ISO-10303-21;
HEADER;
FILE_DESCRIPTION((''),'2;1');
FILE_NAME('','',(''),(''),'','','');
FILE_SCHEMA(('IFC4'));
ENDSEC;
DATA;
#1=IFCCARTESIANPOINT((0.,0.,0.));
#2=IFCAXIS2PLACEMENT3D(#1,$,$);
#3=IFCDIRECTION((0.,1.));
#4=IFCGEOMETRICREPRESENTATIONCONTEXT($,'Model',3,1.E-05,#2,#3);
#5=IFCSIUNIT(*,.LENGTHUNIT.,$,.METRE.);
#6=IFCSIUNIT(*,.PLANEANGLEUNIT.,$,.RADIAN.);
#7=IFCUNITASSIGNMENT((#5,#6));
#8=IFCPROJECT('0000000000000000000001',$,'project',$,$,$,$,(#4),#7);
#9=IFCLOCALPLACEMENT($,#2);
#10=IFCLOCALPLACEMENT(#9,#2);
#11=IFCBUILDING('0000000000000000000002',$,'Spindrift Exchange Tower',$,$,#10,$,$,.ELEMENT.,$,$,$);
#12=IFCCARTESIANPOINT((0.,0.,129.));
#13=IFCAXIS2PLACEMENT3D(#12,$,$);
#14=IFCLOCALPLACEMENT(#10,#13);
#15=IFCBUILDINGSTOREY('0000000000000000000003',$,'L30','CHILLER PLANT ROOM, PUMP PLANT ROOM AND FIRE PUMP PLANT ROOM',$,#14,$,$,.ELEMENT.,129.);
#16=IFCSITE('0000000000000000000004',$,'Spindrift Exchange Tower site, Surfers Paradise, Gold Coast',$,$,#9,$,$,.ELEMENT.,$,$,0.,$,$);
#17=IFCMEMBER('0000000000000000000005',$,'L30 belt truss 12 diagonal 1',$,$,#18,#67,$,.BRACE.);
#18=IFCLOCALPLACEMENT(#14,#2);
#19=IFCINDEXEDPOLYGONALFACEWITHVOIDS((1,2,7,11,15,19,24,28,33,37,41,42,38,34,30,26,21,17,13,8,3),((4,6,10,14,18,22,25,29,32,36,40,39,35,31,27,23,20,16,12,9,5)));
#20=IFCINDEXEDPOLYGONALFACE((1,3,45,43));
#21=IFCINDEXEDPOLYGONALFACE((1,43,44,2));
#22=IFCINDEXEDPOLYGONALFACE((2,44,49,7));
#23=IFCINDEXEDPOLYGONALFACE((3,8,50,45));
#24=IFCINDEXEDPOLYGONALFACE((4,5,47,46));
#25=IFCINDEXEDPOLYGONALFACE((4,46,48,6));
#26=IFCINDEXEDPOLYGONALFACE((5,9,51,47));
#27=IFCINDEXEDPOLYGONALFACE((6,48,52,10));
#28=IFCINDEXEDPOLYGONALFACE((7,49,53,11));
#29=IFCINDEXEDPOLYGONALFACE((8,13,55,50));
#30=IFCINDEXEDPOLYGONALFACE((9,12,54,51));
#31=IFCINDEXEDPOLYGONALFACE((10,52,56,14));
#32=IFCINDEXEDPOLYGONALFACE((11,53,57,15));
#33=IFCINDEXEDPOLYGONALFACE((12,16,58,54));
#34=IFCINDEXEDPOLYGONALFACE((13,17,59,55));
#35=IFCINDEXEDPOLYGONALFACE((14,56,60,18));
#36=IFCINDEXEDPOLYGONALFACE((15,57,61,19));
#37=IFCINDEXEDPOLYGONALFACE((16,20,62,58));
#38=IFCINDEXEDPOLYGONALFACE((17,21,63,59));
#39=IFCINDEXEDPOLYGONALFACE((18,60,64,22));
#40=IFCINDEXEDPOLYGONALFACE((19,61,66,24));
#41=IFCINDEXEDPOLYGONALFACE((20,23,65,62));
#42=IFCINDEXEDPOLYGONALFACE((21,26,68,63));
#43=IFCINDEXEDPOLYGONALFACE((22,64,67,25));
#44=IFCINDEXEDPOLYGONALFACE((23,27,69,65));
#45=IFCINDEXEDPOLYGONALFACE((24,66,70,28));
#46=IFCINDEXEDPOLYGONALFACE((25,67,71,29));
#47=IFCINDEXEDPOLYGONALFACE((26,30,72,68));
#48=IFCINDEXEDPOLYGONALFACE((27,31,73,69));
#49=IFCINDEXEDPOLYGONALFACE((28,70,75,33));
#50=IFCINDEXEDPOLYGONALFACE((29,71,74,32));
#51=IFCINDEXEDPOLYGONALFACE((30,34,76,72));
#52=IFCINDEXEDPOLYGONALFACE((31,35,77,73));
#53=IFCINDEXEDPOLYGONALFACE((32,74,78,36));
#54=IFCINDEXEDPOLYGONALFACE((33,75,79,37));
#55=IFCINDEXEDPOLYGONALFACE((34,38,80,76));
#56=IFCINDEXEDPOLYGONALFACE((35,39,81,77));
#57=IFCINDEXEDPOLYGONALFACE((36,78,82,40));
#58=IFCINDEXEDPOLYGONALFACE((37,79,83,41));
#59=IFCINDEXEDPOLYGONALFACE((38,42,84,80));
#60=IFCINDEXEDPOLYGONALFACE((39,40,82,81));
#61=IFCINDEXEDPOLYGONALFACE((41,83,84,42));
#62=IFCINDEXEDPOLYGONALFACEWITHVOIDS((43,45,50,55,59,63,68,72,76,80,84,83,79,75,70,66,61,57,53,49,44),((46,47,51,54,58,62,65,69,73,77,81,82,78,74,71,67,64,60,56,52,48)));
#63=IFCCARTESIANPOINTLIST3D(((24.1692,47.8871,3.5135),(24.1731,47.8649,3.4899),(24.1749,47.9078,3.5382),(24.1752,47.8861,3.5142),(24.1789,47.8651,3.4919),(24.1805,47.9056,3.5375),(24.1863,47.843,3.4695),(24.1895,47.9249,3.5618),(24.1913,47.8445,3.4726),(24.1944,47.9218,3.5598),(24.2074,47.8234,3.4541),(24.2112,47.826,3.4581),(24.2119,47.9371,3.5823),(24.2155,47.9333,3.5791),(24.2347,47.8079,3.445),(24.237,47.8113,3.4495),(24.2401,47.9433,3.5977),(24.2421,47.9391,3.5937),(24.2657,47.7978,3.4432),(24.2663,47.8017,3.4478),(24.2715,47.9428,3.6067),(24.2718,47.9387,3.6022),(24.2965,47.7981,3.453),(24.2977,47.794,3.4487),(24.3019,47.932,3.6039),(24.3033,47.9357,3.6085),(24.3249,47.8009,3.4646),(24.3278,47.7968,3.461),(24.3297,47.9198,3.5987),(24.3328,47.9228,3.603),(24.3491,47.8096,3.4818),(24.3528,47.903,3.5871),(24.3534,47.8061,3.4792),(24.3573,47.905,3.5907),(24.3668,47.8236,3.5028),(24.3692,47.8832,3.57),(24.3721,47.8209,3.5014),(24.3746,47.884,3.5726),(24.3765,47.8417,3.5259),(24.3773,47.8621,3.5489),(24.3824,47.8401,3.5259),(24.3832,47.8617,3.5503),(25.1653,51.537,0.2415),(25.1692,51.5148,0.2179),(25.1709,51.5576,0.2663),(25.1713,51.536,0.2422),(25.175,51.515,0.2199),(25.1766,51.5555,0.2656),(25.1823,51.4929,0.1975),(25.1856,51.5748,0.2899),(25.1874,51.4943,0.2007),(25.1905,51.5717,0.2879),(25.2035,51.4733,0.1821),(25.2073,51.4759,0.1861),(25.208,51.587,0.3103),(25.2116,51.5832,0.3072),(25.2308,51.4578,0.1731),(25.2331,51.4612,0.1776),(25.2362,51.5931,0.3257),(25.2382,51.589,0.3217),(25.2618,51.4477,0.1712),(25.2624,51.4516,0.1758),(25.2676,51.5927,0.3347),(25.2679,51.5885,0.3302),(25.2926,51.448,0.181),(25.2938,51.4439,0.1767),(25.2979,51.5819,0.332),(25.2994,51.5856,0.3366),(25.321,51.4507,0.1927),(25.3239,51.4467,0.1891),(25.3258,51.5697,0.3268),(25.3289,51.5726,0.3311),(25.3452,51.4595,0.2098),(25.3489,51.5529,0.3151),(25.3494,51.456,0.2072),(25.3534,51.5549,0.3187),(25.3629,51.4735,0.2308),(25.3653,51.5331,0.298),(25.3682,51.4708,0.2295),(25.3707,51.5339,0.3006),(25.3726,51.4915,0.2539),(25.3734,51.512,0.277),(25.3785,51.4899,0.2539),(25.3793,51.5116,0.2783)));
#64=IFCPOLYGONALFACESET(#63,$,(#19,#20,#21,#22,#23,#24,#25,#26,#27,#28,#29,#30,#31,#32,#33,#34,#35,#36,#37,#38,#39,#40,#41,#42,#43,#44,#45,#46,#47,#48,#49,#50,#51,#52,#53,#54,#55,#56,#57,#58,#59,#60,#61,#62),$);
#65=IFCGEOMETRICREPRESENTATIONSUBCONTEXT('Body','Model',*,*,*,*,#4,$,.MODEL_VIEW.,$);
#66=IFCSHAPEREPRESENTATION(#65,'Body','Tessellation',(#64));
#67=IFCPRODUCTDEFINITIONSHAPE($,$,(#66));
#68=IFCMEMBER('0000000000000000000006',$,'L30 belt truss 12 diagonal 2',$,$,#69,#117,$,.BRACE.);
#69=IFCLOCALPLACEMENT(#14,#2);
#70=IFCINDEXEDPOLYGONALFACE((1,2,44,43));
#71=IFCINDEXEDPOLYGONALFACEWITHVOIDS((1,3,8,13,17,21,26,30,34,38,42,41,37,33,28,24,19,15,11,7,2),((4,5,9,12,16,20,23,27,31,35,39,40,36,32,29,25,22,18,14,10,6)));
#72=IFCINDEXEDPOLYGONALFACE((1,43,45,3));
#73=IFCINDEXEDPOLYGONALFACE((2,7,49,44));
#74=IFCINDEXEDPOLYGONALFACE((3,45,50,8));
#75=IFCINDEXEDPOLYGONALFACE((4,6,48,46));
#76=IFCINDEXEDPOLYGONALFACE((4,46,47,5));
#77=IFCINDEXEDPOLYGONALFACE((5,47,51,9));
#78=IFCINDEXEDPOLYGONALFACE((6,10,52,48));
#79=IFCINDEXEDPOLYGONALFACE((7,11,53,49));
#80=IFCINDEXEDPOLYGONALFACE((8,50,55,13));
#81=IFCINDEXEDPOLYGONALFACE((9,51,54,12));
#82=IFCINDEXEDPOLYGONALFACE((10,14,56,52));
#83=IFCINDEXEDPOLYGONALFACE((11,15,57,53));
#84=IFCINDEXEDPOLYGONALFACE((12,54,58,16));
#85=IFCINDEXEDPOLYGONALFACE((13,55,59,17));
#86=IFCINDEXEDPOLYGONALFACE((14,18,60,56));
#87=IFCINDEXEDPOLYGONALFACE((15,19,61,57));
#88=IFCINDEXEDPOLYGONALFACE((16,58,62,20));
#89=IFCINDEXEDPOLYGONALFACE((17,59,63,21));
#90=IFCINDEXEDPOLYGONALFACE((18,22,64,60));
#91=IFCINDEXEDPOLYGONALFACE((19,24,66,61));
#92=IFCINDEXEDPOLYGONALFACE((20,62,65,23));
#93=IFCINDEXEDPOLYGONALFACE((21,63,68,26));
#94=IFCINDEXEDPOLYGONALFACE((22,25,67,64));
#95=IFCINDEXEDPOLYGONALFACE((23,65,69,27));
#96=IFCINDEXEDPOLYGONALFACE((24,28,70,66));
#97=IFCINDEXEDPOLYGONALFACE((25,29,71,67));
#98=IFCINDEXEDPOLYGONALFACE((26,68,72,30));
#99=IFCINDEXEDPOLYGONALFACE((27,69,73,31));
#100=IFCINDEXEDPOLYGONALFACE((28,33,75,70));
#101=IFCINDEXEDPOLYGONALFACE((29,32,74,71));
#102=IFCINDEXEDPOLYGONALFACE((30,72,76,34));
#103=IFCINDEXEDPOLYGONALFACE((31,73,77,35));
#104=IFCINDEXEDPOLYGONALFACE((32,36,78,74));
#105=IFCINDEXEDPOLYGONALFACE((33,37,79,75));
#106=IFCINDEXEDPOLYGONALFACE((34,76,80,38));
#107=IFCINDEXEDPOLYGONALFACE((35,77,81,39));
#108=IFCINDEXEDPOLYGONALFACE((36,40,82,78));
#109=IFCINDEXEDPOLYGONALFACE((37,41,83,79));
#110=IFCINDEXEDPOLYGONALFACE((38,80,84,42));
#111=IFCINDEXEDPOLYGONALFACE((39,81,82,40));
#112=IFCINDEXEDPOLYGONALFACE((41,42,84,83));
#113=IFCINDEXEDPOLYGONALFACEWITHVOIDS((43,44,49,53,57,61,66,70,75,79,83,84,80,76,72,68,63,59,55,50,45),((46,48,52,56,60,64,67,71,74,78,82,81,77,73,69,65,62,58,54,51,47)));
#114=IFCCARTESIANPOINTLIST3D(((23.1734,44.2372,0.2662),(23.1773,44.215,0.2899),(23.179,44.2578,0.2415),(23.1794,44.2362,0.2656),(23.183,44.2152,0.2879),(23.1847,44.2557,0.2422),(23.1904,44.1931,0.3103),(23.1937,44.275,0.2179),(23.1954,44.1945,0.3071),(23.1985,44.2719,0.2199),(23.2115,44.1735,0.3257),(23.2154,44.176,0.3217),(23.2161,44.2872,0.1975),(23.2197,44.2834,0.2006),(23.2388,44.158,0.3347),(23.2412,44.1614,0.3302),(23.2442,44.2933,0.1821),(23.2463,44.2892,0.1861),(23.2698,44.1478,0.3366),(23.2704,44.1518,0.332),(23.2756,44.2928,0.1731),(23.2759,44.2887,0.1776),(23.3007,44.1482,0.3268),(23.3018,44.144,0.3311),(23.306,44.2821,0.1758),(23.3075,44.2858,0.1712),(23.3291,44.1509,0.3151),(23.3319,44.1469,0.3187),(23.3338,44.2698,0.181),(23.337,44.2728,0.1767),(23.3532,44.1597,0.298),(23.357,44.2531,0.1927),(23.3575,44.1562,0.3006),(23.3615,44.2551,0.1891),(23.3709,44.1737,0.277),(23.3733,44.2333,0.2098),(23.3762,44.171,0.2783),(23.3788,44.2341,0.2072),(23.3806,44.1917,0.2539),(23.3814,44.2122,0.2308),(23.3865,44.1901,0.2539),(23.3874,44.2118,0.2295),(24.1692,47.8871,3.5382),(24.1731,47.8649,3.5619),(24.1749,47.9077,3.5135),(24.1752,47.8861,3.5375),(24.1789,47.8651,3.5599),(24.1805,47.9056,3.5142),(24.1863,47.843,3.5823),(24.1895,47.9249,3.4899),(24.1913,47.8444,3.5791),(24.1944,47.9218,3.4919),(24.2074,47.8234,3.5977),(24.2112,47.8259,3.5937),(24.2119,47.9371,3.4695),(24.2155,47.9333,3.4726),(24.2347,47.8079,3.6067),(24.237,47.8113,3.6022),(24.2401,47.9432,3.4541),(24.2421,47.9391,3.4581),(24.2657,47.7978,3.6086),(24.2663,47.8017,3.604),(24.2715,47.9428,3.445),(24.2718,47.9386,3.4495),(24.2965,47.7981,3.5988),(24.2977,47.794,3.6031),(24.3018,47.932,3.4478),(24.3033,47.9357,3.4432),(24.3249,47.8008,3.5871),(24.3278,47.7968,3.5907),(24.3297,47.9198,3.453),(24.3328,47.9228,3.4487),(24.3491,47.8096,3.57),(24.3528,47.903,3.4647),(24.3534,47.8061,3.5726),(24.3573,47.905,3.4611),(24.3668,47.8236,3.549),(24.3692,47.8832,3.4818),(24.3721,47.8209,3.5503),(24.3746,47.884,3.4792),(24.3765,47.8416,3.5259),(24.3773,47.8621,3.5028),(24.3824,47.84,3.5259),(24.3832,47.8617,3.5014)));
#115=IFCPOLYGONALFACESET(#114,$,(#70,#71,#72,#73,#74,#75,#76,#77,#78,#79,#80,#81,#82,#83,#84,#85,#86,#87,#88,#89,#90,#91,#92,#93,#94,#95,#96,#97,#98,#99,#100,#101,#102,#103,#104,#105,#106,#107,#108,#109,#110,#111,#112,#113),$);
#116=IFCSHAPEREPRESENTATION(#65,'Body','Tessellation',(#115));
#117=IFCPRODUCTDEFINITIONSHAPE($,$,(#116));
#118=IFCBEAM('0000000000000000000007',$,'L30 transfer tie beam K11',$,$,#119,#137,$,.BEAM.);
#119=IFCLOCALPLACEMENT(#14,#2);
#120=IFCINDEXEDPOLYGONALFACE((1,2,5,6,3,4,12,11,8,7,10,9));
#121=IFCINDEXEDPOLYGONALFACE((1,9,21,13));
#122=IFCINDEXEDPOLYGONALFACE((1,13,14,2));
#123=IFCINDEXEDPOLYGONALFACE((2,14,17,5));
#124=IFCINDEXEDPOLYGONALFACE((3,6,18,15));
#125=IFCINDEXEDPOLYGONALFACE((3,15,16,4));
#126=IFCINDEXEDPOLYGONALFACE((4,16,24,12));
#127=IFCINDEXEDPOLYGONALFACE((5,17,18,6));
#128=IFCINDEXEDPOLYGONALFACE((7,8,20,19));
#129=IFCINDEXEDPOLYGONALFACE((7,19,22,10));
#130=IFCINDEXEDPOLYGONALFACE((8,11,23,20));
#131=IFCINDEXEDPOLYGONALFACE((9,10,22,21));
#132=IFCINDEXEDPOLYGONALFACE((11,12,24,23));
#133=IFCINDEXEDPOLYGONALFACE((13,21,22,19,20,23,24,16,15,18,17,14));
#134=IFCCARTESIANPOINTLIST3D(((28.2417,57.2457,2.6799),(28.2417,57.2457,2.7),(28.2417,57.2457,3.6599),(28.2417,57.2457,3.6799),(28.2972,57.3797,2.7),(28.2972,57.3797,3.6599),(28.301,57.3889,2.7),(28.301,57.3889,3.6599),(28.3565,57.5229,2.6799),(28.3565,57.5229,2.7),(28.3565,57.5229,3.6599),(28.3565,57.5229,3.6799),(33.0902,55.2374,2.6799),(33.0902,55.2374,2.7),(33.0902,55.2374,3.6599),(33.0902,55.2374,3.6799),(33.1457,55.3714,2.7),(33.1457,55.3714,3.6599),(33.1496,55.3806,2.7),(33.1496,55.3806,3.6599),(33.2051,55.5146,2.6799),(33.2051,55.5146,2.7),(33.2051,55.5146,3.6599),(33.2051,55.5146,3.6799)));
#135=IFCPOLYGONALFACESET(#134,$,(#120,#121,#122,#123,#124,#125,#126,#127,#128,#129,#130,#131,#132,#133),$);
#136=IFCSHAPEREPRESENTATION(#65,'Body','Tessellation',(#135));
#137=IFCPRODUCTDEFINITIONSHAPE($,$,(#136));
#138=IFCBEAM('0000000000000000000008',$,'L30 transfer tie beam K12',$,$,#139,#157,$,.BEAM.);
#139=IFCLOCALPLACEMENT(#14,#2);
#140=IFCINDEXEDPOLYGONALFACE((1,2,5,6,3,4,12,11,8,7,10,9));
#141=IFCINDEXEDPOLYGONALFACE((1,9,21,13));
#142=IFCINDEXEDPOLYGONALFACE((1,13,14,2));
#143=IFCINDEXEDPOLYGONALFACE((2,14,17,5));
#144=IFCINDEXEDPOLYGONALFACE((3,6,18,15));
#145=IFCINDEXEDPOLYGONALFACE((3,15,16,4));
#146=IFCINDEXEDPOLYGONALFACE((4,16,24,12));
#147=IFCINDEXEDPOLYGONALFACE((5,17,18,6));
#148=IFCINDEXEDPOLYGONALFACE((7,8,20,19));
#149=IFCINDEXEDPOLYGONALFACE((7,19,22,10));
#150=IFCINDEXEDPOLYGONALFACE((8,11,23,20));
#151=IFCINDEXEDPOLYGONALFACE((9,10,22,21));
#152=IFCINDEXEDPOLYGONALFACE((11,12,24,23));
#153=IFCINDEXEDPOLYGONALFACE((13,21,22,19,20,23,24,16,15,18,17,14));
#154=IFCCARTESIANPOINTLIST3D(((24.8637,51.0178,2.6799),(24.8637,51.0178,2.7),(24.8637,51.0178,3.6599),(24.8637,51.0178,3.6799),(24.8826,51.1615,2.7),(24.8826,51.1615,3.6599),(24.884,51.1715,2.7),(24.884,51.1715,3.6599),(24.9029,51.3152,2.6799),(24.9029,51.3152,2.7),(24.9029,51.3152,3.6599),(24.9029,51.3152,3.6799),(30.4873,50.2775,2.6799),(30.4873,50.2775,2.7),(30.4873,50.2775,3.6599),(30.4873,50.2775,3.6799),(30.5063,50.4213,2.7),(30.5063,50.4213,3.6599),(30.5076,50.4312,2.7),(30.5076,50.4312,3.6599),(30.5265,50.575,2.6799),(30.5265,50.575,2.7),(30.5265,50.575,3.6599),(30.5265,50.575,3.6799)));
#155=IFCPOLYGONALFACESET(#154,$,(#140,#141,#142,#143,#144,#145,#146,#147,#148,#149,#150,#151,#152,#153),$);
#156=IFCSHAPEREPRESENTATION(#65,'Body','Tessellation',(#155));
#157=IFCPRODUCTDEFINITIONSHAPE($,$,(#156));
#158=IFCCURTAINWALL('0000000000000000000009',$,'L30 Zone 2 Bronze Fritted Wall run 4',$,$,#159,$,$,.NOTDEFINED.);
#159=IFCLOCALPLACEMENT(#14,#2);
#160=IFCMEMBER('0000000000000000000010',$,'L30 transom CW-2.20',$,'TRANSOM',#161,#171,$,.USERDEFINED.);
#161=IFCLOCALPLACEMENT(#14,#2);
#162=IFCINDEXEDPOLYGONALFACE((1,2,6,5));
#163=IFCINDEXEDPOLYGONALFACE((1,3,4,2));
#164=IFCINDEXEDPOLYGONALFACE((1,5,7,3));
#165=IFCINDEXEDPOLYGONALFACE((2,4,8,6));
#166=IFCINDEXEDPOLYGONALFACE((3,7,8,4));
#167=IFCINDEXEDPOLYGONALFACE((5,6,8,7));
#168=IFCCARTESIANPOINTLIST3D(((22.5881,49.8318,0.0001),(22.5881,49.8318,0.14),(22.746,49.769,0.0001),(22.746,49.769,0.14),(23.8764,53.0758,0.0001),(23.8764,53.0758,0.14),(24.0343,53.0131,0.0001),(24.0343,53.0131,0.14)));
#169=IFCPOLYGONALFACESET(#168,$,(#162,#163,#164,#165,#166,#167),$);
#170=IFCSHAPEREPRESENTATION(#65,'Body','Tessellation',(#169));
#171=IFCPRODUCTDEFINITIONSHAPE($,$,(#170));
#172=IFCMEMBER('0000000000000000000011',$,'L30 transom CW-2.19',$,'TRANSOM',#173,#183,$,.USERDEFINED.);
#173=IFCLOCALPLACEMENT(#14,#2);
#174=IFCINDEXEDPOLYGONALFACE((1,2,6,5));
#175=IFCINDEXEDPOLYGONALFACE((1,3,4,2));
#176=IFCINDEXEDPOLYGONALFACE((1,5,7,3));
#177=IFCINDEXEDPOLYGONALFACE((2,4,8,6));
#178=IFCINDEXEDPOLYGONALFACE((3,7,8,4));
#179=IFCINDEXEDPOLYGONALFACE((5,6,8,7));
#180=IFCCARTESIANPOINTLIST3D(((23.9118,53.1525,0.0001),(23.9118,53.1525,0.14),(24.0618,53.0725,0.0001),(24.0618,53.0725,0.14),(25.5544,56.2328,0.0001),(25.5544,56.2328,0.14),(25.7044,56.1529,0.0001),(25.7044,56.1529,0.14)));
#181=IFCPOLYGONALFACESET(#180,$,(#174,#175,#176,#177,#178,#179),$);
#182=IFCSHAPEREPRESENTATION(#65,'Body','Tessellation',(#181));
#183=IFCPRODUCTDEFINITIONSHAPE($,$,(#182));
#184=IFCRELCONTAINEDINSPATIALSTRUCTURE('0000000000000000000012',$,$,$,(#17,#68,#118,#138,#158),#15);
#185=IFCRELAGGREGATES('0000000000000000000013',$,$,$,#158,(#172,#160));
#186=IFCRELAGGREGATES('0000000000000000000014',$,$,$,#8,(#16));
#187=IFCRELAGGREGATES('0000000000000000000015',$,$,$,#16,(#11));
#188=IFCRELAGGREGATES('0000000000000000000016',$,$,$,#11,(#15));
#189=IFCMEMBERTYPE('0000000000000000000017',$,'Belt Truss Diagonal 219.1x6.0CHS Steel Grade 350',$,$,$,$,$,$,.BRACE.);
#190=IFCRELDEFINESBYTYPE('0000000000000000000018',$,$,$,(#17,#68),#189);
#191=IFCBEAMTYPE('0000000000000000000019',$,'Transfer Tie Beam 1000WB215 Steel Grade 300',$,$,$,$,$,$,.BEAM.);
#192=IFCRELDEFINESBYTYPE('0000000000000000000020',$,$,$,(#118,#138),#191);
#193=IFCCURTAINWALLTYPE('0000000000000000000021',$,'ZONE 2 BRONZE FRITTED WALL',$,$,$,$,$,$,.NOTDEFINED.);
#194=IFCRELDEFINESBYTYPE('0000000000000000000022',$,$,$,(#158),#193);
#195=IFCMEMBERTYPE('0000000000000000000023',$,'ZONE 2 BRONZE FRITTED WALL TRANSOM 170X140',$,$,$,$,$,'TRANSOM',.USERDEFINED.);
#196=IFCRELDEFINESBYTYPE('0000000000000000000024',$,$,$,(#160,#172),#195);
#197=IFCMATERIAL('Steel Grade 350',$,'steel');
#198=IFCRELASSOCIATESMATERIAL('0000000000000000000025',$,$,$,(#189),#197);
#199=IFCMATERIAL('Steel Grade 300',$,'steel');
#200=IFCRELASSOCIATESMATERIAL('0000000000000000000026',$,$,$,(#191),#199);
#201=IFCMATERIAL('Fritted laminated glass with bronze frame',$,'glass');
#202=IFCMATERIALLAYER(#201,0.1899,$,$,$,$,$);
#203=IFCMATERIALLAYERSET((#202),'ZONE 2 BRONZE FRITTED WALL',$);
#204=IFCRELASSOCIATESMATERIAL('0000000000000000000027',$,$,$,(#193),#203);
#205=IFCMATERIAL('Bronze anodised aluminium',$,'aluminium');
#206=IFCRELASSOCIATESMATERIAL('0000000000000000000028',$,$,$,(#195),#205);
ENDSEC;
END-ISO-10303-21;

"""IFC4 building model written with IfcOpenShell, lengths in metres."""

from ifc_helpers import new_model, si_unit, direction, frame, origin, origin_2d, place, context, subcontext, project, spatial, rectangle, hollow_circle, i_section, extrude, source, transform, mapped, material, layer, layer_set, material_profile, profile_set, type_object, element, aggregate, save


model = new_model("IFC4")

# Units and contexts
model_context = context("Model", 3, precision=1e-05, world=origin(), true_north=direction((0.0, 1.0)))
body_context = subcontext(model_context, "Body", "Model", "MODEL_VIEW")
ifc_project = project(units=[si_unit("LENGTHUNIT", "METRE"), si_unit("PLANEANGLEUNIT", "RADIAN")], contexts=[model_context])

# Site, building, storey
site_placement = place(None, origin())
site = spatial("IfcSite", under=ifc_project, at=site_placement, Name="Spindrift Exchange Tower site, Surfers Paradise, Gold Coast", CompositionType="ELEMENT", RefElevation=0.0)
building_placement = place(site_placement, origin())
building = spatial("IfcBuilding", under=site, at=building_placement, Name="Spindrift Exchange Tower", CompositionType="ELEMENT")
storey_placement = place(building_placement, frame((0.0, 0.0, 129.0)))
storey = spatial("IfcBuildingStorey", under=building, at=storey_placement, Name="L30", Description="CHILLER PLANT ROOM, PUMP PLANT ROOM AND FIRE PUMP PLANT ROOM", CompositionType="ELEMENT", Elevation=129.0)

# Members
ifc_material_1 = material(Name="Steel Grade 300", Category="steel")
ifc_material_2 = material(Name="Steel Grade 350", Category="steel")
ifc_material_profile_1 = material_profile(ifc_material_2, hollow_circle(Radius=0.1096, WallThickness=0.0061, at=origin_2d()), Name="219.1x6.0CHS")
ifc_profile_set_1 = profile_set([ifc_material_profile_1], Name="Steel Grade 350")
member_type_1 = type_object("IfcMemberType", Name="Belt Truss Diagonal 219.1x6.0CHS Steel Grade 350", PredefinedType="BRACE", material=ifc_profile_set_1)
shared_shape_1 = source(origin(), body_context, "Body", "SweptSolid", [
    extrude(hollow_circle(Radius=0.1096, WallThickness=0.0061, at=origin_2d()), origin(), (0.0, 0.0, 1.0), 5.002),
])
for number, where, z_axis, x_axis, name in (
    (1, (25.2727, 51.5188, 0.2539), (-0.19914, -0.729692, 0.654136), (0.964719, -0.263281, 0.0), "L30 belt truss 12 diagonal 1"),
    (2, (24.2766, 47.8689, 3.5259), (-0.199093, -0.729699, -0.654142), (0.964736, -0.263221, 0.0), "L30 belt truss 12 diagonal 2"),
):
    element("IfcMember", number, at=place(storey_placement, frame(where, z_axis=z_axis, x_axis=x_axis)), inside=storey, type_object=member_type_1, Name=name, PredefinedType="BRACE", context=body_context, shape_type="MappedRepresentation", body=[
        mapped(shared_shape_1, transform((0.0, 0.0, 0.0), scale=1.0)),
    ])

# Beams
ifc_material_profile_2 = material_profile(ifc_material_1, i_section(OverallWidth=0.3, OverallDepth=1.0, WebThickness=0.01, FlangeThickness=0.02, at=origin_2d()), Name="1000WB215")
ifc_profile_set_2 = profile_set([ifc_material_profile_2], Name="Steel Grade 300")
beam_type = type_object("IfcBeamType", Name="Transfer Tie Beam 1000WB215 Steel Grade 300", PredefinedType="BEAM", material=ifc_profile_set_2)
shared_shape_2 = source(origin(), body_context, "Body", "SweptSolid", [
    extrude(i_section(OverallWidth=0.3, OverallDepth=1.0, WebThickness=0.01, FlangeThickness=0.02, at=origin_2d()), origin(), (0.0, 0.0, 1.0), 5.248),
])
beam_1_placement = place(storey_placement, frame((28.2991, 57.3843, 3.1799), z_axis=(0.923884, -0.382672, 0.0), x_axis=(0.382672, 0.923884, 0.0)))
element("IfcBeam", 3, at=beam_1_placement, inside=storey, type_object=beam_type, Name="L30 transfer tie beam K11", PredefinedType="BEAM", context=body_context, shape_type="MappedRepresentation", body=[
    mapped(shared_shape_2, transform((0.0, 0.0, 0.0), scale=1.0)),
])
shared_shape_3 = source(origin(), body_context, "Body", "SweptSolid", [
    extrude(i_section(OverallWidth=0.3, OverallDepth=1.0, WebThickness=0.01, FlangeThickness=0.02, at=origin_2d()), origin(), (0.0, 0.0, 1.0), 5.6721),
])
beam_2_placement = place(storey_placement, frame((24.8833, 51.1665, 3.1799), z_axis=(0.991448, -0.130506, 0.0), x_axis=(0.130506, 0.991448, 0.0)))
element("IfcBeam", 4, at=beam_2_placement, inside=storey, type_object=beam_type, Name="L30 transfer tie beam K12", PredefinedType="BEAM", context=body_context, shape_type="MappedRepresentation", body=[
    mapped(shared_shape_3, transform((0.0, 0.0, 0.0), scale=1.0)),
])

# Curtain wall, members
ifc_material_3 = material(Name="Fritted laminated glass with bronze frame", Category="glass")
ifc_layer_1 = layer(ifc_material_3, 0.1899)
ifc_layer_set_1 = layer_set([ifc_layer_1], Name="ZONE 2 BRONZE FRITTED WALL")
curtain_wall_type = type_object("IfcCurtainWallType", Name="ZONE 2 BRONZE FRITTED WALL", PredefinedType="NOTDEFINED", material=ifc_layer_set_1)
curtain_wall_placement = place(storey_placement, origin())
curtain_wall = element("IfcCurtainWall", 5, at=curtain_wall_placement, inside=storey, type_object=curtain_wall_type, Name="L30 Zone 2 Bronze Fritted Wall run 4", PredefinedType="NOTDEFINED")
ifc_material_4 = material(Name="Bronze anodised aluminium", Category="aluminium")
ifc_material_profile_3 = material_profile(ifc_material_4, rectangle(XDim=0.1699, YDim=0.1399, at=origin_2d()), Name="ZONE 2 BRONZE FRITTED WALL TRANSOM 170X140")
ifc_profile_set_3 = profile_set([ifc_material_profile_3], Name="Bronze anodised aluminium")
member_type_2 = type_object("IfcMemberType", Name="ZONE 2 BRONZE FRITTED WALL TRANSOM 170X140", ElementType="TRANSOM", PredefinedType="USERDEFINED", material=ifc_profile_set_3)
shared_shape_4 = source(origin(), body_context, "Body", "SweptSolid", [
    extrude(rectangle(XDim=0.1699, YDim=0.1399, at=origin_2d()), origin(), (0.0, 0.0, 1.0), 3.4905),
])
member_1_placement = place(storey_placement, frame((23.9553, 53.0444, 0.0701), z_axis=(-0.369086, -0.929395, 0.0), x_axis=(0.929395, -0.369086, 0.0)))
member_1 = element("IfcMember", 6, at=member_1_placement, type_object=member_type_2, Name="L30 transom CW-2.20", ObjectType="TRANSOM", PredefinedType="USERDEFINED", context=body_context, shape_type="MappedRepresentation", body=[
    mapped(shared_shape_4, transform((0.0, 0.0, 0.0), scale=1.0)),
])
shared_shape_5 = source(origin(), body_context, "Body", "SweptSolid", [
    extrude(rectangle(XDim=0.1699, YDim=0.1399, at=origin_2d()), origin(), (0.0, 0.0, 1.0), 3.491),
])
member_2_placement = place(storey_placement, frame((25.6294, 56.1929, 0.0701), z_axis=(-0.47053, -0.882384, 0.0), x_axis=(0.882384, -0.47053, 0.0)))
member_2 = element("IfcMember", 7, at=member_2_placement, type_object=member_type_2, Name="L30 transom CW-2.19", ObjectType="TRANSOM", PredefinedType="USERDEFINED", context=body_context, shape_type="MappedRepresentation", body=[
    mapped(shared_shape_5, transform((0.0, 0.0, 0.0), scale=1.0)),
])
aggregate(curtain_wall, [member_2, member_1])

save(model, "model.ifc")
